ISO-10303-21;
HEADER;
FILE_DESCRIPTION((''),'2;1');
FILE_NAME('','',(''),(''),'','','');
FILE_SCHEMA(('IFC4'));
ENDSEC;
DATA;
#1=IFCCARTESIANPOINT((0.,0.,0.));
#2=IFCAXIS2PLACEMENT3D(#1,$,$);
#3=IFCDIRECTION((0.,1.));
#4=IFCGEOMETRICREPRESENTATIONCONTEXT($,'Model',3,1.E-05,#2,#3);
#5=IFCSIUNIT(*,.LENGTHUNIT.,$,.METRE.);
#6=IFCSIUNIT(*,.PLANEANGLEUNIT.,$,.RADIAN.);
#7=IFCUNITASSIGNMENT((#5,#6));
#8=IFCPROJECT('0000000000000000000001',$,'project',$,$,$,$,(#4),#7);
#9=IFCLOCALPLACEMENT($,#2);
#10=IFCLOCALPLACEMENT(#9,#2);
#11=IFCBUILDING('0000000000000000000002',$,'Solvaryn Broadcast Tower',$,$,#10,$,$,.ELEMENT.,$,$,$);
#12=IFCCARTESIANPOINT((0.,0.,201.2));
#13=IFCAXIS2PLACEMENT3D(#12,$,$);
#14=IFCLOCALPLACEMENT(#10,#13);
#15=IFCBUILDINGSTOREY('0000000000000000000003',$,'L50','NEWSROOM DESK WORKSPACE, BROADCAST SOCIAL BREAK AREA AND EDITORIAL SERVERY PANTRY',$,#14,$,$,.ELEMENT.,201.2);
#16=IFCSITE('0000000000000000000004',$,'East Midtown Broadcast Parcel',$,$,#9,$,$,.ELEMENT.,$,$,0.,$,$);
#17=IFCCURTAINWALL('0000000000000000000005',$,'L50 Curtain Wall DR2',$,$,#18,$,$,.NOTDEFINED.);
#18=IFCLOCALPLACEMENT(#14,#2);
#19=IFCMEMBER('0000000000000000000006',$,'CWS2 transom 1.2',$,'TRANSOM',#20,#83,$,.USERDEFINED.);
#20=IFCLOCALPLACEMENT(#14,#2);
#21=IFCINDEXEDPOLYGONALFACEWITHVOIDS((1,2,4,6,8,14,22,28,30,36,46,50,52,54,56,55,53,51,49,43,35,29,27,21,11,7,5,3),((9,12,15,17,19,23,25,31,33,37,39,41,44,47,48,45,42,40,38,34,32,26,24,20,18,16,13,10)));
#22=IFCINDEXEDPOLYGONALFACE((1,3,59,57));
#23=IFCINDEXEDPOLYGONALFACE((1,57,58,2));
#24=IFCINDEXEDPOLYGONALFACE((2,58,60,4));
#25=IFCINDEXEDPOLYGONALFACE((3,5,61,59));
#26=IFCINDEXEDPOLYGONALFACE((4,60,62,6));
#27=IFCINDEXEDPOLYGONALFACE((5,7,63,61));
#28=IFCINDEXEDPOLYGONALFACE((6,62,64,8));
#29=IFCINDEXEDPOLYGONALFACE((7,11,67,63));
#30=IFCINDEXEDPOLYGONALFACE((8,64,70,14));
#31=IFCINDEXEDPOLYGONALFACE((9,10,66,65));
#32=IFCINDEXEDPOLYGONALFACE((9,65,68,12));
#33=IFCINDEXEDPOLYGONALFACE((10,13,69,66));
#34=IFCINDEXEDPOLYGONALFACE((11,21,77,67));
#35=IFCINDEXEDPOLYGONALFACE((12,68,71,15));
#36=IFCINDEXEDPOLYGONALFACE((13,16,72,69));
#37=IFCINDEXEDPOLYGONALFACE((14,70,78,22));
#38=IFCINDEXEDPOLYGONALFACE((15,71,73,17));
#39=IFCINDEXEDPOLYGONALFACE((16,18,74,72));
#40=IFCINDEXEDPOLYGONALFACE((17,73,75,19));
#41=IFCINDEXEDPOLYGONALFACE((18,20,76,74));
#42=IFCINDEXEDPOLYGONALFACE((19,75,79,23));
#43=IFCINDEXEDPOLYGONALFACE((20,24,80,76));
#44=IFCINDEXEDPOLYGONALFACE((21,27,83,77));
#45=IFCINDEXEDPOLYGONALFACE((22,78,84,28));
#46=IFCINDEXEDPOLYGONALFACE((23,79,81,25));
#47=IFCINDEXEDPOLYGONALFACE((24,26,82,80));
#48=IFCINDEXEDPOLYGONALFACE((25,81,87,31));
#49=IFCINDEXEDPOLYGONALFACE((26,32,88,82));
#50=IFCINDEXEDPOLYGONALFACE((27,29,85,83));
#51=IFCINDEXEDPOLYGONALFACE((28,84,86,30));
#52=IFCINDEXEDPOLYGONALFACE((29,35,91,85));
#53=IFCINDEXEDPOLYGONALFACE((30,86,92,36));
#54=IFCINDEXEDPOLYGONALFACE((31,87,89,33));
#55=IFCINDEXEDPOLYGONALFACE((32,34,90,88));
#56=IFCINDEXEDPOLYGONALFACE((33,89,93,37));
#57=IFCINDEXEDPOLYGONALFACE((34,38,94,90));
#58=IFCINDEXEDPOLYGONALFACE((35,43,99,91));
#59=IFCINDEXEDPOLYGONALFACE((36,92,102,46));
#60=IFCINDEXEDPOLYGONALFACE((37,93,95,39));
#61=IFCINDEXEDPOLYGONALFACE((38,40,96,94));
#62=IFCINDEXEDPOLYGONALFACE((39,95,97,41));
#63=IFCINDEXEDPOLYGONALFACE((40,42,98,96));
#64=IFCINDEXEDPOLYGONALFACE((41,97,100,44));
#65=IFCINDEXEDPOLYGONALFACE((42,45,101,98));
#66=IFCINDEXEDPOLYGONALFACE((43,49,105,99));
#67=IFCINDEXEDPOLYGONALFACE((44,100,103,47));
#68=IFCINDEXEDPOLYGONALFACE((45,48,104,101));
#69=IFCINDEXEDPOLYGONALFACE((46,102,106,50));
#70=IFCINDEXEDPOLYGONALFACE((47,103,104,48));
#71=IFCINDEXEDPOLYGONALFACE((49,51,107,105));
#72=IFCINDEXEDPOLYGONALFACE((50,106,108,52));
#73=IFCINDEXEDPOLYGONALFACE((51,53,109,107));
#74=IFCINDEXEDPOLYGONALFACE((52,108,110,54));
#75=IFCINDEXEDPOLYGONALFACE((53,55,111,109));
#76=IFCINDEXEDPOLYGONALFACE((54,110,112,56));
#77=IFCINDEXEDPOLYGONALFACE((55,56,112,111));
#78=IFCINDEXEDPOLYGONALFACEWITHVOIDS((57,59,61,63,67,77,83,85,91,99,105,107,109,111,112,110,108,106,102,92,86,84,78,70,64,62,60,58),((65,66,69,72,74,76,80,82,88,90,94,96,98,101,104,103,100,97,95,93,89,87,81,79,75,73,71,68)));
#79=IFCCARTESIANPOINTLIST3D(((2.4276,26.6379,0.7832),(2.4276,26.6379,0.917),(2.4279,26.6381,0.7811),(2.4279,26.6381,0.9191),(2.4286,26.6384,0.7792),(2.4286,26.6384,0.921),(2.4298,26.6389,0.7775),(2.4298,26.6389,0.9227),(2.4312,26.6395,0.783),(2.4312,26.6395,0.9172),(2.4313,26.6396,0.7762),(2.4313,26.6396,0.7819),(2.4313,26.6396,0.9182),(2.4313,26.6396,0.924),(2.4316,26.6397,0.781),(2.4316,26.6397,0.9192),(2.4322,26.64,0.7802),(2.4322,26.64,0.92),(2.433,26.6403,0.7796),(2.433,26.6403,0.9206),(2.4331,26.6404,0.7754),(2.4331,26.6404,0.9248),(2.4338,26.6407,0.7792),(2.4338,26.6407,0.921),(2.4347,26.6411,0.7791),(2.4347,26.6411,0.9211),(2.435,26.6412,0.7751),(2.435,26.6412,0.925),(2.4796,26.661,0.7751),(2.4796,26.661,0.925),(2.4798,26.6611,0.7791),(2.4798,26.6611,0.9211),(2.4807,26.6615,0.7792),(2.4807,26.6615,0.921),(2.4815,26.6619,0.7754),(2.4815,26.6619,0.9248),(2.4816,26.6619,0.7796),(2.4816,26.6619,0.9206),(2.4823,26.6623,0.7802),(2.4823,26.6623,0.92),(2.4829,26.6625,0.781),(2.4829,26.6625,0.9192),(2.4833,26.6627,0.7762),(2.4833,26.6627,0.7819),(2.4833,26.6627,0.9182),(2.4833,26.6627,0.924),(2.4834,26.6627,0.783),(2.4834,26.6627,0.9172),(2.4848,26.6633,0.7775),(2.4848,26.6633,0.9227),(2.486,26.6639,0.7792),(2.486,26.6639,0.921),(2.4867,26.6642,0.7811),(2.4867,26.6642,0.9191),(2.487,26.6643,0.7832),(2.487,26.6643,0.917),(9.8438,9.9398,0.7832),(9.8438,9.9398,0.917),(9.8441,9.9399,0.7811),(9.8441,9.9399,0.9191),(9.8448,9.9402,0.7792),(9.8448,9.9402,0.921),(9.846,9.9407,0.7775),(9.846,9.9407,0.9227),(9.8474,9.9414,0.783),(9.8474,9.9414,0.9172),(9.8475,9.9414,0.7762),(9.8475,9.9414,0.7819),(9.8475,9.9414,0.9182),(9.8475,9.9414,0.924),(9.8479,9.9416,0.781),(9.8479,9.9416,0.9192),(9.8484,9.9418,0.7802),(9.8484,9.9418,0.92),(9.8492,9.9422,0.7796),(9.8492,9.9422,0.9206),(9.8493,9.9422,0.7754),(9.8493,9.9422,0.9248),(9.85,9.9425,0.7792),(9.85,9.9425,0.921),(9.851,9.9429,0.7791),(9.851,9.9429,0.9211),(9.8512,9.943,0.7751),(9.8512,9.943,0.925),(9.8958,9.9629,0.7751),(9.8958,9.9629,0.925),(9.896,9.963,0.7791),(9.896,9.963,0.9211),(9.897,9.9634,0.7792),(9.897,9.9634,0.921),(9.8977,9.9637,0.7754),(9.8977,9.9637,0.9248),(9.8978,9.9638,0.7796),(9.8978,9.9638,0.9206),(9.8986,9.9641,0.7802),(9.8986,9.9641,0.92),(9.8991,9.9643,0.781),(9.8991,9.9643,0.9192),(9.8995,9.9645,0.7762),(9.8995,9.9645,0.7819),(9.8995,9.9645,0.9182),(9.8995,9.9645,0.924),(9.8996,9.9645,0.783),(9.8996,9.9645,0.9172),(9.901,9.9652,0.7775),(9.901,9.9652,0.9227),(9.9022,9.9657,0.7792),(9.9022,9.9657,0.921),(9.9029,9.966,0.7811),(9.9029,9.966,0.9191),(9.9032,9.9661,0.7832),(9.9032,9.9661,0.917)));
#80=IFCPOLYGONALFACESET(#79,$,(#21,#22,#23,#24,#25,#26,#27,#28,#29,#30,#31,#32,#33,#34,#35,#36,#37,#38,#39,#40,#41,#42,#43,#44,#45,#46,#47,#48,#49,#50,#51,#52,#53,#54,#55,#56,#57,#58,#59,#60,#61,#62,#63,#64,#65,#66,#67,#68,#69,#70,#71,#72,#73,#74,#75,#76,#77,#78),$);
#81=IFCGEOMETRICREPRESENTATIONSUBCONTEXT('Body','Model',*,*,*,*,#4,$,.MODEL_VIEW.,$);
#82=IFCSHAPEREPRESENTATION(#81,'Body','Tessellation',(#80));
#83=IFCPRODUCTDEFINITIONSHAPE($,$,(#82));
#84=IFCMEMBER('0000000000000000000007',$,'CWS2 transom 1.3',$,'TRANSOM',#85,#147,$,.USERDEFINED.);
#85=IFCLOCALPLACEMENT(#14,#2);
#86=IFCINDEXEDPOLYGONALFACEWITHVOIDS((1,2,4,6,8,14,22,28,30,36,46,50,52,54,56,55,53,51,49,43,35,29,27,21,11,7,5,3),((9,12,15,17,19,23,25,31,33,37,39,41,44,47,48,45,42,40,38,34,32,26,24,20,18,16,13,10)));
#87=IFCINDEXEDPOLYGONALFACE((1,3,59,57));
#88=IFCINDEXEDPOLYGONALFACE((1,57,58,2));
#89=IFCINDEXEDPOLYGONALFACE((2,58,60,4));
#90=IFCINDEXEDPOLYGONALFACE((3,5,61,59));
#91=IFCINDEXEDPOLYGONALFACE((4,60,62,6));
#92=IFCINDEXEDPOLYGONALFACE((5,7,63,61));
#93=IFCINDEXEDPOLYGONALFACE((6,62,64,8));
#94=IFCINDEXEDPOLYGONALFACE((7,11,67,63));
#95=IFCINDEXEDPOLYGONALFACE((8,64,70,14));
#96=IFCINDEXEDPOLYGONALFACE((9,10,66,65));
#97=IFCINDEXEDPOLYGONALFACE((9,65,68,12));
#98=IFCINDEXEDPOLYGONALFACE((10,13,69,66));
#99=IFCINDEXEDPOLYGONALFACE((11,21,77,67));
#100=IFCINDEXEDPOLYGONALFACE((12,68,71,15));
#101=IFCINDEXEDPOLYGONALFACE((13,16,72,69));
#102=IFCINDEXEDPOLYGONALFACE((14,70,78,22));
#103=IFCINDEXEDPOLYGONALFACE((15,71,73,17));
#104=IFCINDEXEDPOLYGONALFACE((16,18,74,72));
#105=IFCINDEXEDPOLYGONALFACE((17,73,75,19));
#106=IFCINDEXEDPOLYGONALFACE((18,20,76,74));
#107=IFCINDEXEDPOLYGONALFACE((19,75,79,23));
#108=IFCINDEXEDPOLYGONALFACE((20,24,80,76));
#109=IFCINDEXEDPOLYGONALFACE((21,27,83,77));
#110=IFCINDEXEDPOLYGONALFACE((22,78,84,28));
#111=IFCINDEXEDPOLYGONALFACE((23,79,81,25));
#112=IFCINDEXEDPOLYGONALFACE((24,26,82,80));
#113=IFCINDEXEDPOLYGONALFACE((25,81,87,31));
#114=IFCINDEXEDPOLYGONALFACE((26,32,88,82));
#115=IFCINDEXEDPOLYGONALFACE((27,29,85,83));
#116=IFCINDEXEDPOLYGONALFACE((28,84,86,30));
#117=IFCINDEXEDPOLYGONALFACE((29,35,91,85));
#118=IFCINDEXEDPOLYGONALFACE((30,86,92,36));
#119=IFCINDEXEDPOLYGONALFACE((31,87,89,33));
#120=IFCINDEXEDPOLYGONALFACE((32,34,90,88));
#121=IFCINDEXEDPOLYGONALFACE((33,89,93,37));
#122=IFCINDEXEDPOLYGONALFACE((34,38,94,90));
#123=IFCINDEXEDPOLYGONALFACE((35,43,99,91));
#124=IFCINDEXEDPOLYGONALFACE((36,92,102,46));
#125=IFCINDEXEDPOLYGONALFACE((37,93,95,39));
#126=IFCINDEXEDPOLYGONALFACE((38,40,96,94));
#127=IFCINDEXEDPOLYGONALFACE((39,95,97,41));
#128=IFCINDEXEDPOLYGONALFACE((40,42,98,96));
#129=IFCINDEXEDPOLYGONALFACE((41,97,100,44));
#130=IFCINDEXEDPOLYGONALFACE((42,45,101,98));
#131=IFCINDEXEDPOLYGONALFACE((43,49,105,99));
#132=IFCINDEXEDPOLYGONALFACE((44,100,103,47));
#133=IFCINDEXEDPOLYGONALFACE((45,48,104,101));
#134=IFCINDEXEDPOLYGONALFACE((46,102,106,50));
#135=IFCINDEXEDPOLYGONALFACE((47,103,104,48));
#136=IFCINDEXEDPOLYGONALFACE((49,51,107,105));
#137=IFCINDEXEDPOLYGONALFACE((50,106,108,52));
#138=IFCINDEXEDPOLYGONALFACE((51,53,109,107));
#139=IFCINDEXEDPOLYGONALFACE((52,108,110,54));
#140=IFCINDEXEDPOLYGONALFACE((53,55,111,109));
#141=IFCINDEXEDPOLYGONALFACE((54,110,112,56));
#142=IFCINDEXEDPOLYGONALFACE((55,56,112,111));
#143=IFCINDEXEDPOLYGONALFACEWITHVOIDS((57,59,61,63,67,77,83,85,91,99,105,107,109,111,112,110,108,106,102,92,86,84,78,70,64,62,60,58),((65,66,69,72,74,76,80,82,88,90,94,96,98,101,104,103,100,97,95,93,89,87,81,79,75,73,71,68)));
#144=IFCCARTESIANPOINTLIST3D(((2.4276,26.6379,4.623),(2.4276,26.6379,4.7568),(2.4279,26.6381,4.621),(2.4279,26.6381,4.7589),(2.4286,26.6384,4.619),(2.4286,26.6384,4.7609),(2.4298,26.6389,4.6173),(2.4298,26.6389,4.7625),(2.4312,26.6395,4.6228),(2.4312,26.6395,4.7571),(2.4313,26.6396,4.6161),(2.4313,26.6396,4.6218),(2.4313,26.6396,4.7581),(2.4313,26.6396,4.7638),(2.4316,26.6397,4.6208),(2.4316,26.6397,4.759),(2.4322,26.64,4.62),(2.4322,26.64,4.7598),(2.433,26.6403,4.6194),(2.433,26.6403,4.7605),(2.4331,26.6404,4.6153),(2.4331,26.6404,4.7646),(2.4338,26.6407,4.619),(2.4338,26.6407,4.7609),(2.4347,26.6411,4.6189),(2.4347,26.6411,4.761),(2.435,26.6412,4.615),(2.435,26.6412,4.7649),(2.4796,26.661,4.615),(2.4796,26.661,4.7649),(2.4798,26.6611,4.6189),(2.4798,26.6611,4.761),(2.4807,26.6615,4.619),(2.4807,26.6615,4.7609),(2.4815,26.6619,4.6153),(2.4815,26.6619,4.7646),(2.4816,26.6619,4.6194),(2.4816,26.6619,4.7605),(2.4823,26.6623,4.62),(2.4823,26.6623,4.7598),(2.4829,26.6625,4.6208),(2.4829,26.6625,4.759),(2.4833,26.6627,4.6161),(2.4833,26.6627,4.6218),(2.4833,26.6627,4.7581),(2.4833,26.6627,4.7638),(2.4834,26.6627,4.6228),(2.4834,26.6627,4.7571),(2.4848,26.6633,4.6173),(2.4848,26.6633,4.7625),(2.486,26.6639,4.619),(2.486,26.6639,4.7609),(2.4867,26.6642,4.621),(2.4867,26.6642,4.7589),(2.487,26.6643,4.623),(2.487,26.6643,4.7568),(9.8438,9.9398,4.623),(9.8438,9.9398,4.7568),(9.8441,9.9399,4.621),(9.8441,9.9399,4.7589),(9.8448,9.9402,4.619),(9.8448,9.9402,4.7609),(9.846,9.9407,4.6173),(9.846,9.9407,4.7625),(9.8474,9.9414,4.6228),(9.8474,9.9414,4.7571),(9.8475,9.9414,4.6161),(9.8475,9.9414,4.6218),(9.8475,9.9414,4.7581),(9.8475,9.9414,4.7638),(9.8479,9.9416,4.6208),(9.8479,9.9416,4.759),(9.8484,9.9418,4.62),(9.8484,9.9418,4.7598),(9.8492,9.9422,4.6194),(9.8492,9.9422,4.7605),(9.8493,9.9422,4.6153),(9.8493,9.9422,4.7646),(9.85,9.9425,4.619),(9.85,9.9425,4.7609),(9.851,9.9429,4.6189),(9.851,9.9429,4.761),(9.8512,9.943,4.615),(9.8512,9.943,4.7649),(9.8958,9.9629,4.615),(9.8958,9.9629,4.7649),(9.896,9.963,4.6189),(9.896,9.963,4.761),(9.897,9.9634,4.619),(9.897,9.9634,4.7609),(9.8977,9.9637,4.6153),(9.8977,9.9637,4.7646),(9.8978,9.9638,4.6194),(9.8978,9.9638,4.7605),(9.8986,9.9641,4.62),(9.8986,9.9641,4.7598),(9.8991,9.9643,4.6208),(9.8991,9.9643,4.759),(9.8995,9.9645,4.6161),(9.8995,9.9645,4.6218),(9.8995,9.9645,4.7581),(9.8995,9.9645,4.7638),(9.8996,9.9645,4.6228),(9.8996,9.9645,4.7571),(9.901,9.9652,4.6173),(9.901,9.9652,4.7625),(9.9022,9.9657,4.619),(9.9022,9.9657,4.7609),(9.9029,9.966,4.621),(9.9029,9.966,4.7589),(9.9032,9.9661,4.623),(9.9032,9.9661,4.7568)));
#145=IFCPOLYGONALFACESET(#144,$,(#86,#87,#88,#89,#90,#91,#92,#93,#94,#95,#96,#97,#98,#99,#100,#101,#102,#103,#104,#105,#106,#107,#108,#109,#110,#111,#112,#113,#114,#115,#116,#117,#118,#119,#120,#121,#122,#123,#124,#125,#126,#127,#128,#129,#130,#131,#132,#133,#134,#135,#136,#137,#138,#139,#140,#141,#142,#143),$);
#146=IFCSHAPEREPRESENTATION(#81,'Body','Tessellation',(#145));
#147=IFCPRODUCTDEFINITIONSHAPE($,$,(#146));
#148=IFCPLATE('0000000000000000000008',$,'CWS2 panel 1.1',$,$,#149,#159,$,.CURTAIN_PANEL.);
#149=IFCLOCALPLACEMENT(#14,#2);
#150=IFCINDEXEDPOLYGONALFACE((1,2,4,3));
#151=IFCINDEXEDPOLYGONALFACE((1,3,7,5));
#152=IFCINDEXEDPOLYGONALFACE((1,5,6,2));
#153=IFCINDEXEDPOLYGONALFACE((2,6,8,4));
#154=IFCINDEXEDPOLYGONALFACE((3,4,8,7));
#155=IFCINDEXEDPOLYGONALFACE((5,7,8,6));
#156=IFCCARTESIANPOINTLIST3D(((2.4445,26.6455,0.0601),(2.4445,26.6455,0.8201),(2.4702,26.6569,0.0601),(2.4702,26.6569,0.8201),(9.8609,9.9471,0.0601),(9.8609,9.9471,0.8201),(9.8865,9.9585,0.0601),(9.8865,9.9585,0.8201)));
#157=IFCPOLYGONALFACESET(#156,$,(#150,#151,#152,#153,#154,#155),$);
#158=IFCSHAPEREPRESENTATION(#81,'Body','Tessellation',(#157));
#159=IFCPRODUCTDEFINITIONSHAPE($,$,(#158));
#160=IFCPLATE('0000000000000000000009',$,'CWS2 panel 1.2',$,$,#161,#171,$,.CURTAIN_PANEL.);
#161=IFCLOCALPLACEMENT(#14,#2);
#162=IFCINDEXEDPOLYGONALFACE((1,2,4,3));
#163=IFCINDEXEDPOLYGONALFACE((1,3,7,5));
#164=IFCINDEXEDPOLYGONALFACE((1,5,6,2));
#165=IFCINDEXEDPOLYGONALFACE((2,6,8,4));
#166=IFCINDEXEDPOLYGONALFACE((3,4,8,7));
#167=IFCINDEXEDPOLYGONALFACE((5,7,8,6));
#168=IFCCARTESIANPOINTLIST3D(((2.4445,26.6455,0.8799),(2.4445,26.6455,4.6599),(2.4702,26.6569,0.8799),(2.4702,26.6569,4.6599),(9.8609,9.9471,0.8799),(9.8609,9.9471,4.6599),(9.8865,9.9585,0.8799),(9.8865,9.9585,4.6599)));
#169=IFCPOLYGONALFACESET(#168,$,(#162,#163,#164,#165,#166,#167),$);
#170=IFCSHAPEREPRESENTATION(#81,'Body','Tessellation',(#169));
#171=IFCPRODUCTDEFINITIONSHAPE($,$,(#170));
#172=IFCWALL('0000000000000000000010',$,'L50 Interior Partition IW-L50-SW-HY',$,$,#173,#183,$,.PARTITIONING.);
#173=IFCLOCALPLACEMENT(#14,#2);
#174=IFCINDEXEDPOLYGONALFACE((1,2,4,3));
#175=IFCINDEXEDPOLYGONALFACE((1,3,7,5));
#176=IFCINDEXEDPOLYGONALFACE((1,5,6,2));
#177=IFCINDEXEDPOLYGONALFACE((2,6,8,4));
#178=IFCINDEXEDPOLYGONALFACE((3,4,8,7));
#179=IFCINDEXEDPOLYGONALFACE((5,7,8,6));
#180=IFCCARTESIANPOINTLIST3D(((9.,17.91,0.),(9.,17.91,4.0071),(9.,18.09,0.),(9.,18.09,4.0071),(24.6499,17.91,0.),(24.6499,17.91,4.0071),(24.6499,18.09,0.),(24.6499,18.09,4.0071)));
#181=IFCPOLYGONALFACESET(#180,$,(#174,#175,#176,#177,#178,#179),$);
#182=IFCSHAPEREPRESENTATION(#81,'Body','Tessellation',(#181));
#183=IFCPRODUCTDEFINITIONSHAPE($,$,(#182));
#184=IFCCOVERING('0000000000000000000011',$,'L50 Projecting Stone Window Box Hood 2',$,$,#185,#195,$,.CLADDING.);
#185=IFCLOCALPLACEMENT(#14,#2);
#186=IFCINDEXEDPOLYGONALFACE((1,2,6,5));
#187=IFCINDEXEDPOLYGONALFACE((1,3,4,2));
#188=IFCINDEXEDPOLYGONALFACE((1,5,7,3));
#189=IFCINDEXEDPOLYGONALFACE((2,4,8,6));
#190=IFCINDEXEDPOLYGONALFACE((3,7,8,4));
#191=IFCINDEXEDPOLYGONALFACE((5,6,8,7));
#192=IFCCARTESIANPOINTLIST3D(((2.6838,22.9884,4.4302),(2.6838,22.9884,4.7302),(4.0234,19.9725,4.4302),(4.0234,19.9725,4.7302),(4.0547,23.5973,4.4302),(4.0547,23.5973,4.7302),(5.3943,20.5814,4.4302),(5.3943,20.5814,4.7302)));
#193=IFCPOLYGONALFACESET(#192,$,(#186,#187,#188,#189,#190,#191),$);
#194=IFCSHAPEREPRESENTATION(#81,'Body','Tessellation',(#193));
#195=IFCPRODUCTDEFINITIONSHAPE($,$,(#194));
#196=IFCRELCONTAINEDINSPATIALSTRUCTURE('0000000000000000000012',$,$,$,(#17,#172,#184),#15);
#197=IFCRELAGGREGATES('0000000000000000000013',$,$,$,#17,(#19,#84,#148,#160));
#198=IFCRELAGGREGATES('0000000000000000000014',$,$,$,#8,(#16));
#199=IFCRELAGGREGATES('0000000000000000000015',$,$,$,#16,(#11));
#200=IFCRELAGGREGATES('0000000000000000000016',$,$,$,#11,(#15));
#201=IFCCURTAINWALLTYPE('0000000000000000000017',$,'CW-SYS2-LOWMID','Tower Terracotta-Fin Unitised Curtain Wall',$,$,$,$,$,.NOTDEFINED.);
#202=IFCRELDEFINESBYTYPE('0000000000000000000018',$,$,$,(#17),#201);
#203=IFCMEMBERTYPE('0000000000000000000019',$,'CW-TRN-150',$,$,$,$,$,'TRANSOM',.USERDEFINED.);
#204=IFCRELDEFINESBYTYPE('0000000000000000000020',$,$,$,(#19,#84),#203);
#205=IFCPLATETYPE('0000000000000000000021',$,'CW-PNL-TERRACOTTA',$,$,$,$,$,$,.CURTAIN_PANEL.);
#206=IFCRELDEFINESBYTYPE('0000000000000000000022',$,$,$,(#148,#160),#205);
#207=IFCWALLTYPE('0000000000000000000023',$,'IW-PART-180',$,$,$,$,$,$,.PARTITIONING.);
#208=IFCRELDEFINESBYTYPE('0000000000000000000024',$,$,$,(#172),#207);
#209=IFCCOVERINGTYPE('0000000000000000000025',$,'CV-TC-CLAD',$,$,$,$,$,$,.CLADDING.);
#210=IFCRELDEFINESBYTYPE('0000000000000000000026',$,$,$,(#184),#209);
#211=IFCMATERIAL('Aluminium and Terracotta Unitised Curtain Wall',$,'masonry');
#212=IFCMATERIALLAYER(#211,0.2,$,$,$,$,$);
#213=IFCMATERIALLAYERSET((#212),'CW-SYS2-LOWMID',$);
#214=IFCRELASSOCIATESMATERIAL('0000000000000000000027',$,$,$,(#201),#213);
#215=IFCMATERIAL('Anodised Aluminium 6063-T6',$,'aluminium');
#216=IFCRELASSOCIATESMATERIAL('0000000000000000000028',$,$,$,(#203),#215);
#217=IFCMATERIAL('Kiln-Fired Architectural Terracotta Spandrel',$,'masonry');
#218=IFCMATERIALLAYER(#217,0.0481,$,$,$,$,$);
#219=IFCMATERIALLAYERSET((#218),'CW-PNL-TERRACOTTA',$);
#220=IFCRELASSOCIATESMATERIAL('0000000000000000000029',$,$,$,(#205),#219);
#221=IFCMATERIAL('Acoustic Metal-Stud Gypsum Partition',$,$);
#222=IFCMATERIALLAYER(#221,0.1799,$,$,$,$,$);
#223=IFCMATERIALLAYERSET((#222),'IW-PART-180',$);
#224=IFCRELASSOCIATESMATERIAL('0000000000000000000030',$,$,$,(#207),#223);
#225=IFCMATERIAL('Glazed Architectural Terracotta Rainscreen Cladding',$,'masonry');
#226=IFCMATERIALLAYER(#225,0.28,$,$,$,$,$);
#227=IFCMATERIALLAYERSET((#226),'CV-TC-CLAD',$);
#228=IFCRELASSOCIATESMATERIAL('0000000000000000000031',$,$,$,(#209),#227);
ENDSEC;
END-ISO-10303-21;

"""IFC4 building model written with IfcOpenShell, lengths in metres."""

from ifc_helpers import new_model, si_unit, direction, frame, frame_2d, origin, origin_2d, place, context, subcontext, project, spatial, rectangle, hollow_rectangle, extrude, material, layer, layer_set, material_profile, profile_set, type_object, element, aggregate, save


model = new_model("IFC4")

# Units and contexts
model_context = context("Model", 3, precision=1e-05, world=origin(), true_north=direction((0.0, 1.0)))
body_context = subcontext(model_context, "Body", "Model", "MODEL_VIEW")
ifc_project = project(units=[si_unit("LENGTHUNIT", "METRE"), si_unit("PLANEANGLEUNIT", "RADIAN")], contexts=[model_context])

# Site, building, storey
site_placement = place(None, origin())
site = spatial("IfcSite", under=ifc_project, at=site_placement, Name="East Midtown Broadcast Parcel", CompositionType="ELEMENT", RefElevation=0.0)
building_placement = place(site_placement, origin())
building = spatial("IfcBuilding", under=site, at=building_placement, Name="Solvaryn Broadcast Tower", CompositionType="ELEMENT")
storey_placement = place(building_placement, frame((0.0, 0.0, 201.2)))
storey = spatial("IfcBuildingStorey", under=building, at=storey_placement, Name="L50", Description="NEWSROOM DESK WORKSPACE, BROADCAST SOCIAL BREAK AREA AND EDITORIAL SERVERY PANTRY", CompositionType="ELEMENT", Elevation=201.2)

# Shared definitions
ifc_material_1 = material(Name="Aluminium and Terracotta Unitised Curtain Wall", Category="masonry")
ifc_layer_1 = layer(ifc_material_1, 0.2)
ifc_layer_set_1 = layer_set([ifc_layer_1], Name="CW-SYS2-LOWMID")
curtain_wall_type = type_object("IfcCurtainWallType", Name="CW-SYS2-LOWMID", Description="Tower Terracotta-Fin Unitised Curtain Wall", PredefinedType="NOTDEFINED", material=ifc_layer_set_1)

# Curtain wall, members, plates
curtain_wall_1_placement = place(storey_placement, origin())
curtain_wall_1 = element("IfcCurtainWall", 1, at=curtain_wall_1_placement, inside=storey, type_object=curtain_wall_type, Name="L50 Curtain Wall DR2", PredefinedType="NOTDEFINED")
ifc_material_2 = material(Name="Anodised Aluminium 6063-T6", Category="aluminium")
ifc_material_profile_1 = material_profile(ifc_material_2, hollow_rectangle(XDim=0.0649, YDim=0.1499, WallThickness=0.0039, InnerFilletRadius=0.0039, OuterFilletRadius=0.0081, at=origin_2d()))
ifc_profile_set_1 = profile_set([ifc_material_profile_1], Name="Anodised Aluminium 6063-T6")
member_type_1 = type_object("IfcMemberType", Name="CW-TRN-150", ElementType="TRANSOM", PredefinedType="USERDEFINED", material=ifc_profile_set_1)
member_1_placement = place(storey_placement, frame((2.4573, 26.6511, 0.8501), z_axis=(0.405902, -0.913917, 0.0), x_axis=(0.913917, 0.405902, 0.0)))
member_1 = element("IfcMember", 2, at=member_1_placement, type_object=member_type_1, Name="CWS2 transom 1.2", ObjectType="TRANSOM", PredefinedType="USERDEFINED", context=body_context, shape_type="SweptSolid", body=[
    extrude(hollow_rectangle(XDim=0.0649, YDim=0.1499, WallThickness=0.0039, InnerFilletRadius=0.0039, OuterFilletRadius=0.0081, at=origin_2d()), origin(), (0.0, 0.0, 1.0), 18.271),
])
member_2_placement = place(storey_placement, frame((2.4573, 26.6511, 4.6899), z_axis=(0.405902, -0.913917, 0.0), x_axis=(0.913917, 0.405902, 0.0)))
member_2 = element("IfcMember", 3, at=member_2_placement, type_object=member_type_1, Name="CWS2 transom 1.3", ObjectType="TRANSOM", PredefinedType="USERDEFINED", context=body_context, shape_type="SweptSolid", body=[
    extrude(hollow_rectangle(XDim=0.0649, YDim=0.1499, WallThickness=0.0039, InnerFilletRadius=0.0039, OuterFilletRadius=0.0081, at=origin_2d()), origin(), (0.0, 0.0, 1.0), 18.271),
])
ifc_material_3 = material(Name="Kiln-Fired Architectural Terracotta Spandrel", Category="masonry")
ifc_layer_2 = layer(ifc_material_3, 0.0481)
ifc_layer_set_2 = layer_set([ifc_layer_2], Name="CW-PNL-TERRACOTTA")
plate_type = type_object("IfcPlateType", Name="CW-PNL-TERRACOTTA", PredefinedType="CURTAIN_PANEL", material=ifc_layer_set_2)
plate_1_placement = place(storey_placement, frame((6.1655, 18.302, 0.0601), z_axis=(0.0, 0.0, 1.0), x_axis=(0.405901, -0.913917, 0.0)))
plate_1 = element("IfcPlate", 4, at=plate_1_placement, type_object=plate_type, Name="CWS2 panel 1.1", PredefinedType="CURTAIN_PANEL", context=body_context, shape_type="SweptSolid", body=[
    extrude(rectangle(XDim=18.2712, YDim=0.0281, at=origin_2d()), origin(), (0.0, 0.0, 1.0), 0.76),
])
plate_2_placement = place(storey_placement, frame((6.1655, 18.302, 0.8799), z_axis=(0.0, 0.0, 1.0), x_axis=(0.405901, -0.913917, 0.0)))
plate_2 = element("IfcPlate", 5, at=plate_2_placement, type_object=plate_type, Name="CWS2 panel 1.2", PredefinedType="CURTAIN_PANEL", context=body_context, shape_type="SweptSolid", body=[
    extrude(rectangle(XDim=18.2712, YDim=0.0281, at=origin_2d()), origin(), (0.0, 0.0, 1.0), 3.78),
])
aggregate(curtain_wall_1, [member_1, member_2, plate_1, plate_2])

# Wall
ifc_material_4 = material(Name="Acoustic Metal-Stud Gypsum Partition")
ifc_layer_3 = layer(ifc_material_4, 0.1799)
ifc_layer_set_3 = layer_set([ifc_layer_3], Name="IW-PART-180")
wall_type = type_object("IfcWallType", Name="IW-PART-180", PredefinedType="PARTITIONING", material=ifc_layer_set_3)
wall_placement = place(storey_placement, frame((9.0, 18.0, 0.0), z_axis=(0.0, 0.0, 1.0), x_axis=(1.0, 0.0, 0.0)))
element("IfcWall", 6, at=wall_placement, inside=storey, type_object=wall_type, Name="L50 Interior Partition IW-L50-SW-HY", PredefinedType="PARTITIONING", context=body_context, shape_type="SweptSolid", body=[
    extrude(rectangle(XDim=15.6499, YDim=0.1799, at=frame_2d((7.825, 0.0))), origin(), (0.0, 0.0, 1.0), 4.0071),
])

# Covering
ifc_material_5 = material(Name="Glazed Architectural Terracotta Rainscreen Cladding", Category="masonry")
ifc_layer_4 = layer(ifc_material_5, 0.28)
ifc_layer_set_4 = layer_set([ifc_layer_4], Name="CV-TC-CLAD")
covering_type_1 = type_object("IfcCoveringType", Name="CV-TC-CLAD", PredefinedType="CLADDING", material=ifc_layer_set_4)
for number, where, z_axis, x_axis, name in (
    (7, (4.0391, 21.7849, 4.4302), (0.0, 0.0, 1.0), (0.405939, -0.9139, 0.0), "L50 Projecting Stone Window Box Hood 2"),
):
    element("IfcCovering", number, at=place(storey_placement, frame(where, z_axis=z_axis, x_axis=x_axis)), inside=storey, type_object=covering_type_1, Name=name, PredefinedType="CLADDING", context=body_context, shape_type="SweptSolid", body=[
        extrude(rectangle(XDim=3.3, YDim=1.5, at=origin_2d()), origin(), (0.0, 0.0, 1.0), 0.3),
    ])

save(model, "model.ifc")
